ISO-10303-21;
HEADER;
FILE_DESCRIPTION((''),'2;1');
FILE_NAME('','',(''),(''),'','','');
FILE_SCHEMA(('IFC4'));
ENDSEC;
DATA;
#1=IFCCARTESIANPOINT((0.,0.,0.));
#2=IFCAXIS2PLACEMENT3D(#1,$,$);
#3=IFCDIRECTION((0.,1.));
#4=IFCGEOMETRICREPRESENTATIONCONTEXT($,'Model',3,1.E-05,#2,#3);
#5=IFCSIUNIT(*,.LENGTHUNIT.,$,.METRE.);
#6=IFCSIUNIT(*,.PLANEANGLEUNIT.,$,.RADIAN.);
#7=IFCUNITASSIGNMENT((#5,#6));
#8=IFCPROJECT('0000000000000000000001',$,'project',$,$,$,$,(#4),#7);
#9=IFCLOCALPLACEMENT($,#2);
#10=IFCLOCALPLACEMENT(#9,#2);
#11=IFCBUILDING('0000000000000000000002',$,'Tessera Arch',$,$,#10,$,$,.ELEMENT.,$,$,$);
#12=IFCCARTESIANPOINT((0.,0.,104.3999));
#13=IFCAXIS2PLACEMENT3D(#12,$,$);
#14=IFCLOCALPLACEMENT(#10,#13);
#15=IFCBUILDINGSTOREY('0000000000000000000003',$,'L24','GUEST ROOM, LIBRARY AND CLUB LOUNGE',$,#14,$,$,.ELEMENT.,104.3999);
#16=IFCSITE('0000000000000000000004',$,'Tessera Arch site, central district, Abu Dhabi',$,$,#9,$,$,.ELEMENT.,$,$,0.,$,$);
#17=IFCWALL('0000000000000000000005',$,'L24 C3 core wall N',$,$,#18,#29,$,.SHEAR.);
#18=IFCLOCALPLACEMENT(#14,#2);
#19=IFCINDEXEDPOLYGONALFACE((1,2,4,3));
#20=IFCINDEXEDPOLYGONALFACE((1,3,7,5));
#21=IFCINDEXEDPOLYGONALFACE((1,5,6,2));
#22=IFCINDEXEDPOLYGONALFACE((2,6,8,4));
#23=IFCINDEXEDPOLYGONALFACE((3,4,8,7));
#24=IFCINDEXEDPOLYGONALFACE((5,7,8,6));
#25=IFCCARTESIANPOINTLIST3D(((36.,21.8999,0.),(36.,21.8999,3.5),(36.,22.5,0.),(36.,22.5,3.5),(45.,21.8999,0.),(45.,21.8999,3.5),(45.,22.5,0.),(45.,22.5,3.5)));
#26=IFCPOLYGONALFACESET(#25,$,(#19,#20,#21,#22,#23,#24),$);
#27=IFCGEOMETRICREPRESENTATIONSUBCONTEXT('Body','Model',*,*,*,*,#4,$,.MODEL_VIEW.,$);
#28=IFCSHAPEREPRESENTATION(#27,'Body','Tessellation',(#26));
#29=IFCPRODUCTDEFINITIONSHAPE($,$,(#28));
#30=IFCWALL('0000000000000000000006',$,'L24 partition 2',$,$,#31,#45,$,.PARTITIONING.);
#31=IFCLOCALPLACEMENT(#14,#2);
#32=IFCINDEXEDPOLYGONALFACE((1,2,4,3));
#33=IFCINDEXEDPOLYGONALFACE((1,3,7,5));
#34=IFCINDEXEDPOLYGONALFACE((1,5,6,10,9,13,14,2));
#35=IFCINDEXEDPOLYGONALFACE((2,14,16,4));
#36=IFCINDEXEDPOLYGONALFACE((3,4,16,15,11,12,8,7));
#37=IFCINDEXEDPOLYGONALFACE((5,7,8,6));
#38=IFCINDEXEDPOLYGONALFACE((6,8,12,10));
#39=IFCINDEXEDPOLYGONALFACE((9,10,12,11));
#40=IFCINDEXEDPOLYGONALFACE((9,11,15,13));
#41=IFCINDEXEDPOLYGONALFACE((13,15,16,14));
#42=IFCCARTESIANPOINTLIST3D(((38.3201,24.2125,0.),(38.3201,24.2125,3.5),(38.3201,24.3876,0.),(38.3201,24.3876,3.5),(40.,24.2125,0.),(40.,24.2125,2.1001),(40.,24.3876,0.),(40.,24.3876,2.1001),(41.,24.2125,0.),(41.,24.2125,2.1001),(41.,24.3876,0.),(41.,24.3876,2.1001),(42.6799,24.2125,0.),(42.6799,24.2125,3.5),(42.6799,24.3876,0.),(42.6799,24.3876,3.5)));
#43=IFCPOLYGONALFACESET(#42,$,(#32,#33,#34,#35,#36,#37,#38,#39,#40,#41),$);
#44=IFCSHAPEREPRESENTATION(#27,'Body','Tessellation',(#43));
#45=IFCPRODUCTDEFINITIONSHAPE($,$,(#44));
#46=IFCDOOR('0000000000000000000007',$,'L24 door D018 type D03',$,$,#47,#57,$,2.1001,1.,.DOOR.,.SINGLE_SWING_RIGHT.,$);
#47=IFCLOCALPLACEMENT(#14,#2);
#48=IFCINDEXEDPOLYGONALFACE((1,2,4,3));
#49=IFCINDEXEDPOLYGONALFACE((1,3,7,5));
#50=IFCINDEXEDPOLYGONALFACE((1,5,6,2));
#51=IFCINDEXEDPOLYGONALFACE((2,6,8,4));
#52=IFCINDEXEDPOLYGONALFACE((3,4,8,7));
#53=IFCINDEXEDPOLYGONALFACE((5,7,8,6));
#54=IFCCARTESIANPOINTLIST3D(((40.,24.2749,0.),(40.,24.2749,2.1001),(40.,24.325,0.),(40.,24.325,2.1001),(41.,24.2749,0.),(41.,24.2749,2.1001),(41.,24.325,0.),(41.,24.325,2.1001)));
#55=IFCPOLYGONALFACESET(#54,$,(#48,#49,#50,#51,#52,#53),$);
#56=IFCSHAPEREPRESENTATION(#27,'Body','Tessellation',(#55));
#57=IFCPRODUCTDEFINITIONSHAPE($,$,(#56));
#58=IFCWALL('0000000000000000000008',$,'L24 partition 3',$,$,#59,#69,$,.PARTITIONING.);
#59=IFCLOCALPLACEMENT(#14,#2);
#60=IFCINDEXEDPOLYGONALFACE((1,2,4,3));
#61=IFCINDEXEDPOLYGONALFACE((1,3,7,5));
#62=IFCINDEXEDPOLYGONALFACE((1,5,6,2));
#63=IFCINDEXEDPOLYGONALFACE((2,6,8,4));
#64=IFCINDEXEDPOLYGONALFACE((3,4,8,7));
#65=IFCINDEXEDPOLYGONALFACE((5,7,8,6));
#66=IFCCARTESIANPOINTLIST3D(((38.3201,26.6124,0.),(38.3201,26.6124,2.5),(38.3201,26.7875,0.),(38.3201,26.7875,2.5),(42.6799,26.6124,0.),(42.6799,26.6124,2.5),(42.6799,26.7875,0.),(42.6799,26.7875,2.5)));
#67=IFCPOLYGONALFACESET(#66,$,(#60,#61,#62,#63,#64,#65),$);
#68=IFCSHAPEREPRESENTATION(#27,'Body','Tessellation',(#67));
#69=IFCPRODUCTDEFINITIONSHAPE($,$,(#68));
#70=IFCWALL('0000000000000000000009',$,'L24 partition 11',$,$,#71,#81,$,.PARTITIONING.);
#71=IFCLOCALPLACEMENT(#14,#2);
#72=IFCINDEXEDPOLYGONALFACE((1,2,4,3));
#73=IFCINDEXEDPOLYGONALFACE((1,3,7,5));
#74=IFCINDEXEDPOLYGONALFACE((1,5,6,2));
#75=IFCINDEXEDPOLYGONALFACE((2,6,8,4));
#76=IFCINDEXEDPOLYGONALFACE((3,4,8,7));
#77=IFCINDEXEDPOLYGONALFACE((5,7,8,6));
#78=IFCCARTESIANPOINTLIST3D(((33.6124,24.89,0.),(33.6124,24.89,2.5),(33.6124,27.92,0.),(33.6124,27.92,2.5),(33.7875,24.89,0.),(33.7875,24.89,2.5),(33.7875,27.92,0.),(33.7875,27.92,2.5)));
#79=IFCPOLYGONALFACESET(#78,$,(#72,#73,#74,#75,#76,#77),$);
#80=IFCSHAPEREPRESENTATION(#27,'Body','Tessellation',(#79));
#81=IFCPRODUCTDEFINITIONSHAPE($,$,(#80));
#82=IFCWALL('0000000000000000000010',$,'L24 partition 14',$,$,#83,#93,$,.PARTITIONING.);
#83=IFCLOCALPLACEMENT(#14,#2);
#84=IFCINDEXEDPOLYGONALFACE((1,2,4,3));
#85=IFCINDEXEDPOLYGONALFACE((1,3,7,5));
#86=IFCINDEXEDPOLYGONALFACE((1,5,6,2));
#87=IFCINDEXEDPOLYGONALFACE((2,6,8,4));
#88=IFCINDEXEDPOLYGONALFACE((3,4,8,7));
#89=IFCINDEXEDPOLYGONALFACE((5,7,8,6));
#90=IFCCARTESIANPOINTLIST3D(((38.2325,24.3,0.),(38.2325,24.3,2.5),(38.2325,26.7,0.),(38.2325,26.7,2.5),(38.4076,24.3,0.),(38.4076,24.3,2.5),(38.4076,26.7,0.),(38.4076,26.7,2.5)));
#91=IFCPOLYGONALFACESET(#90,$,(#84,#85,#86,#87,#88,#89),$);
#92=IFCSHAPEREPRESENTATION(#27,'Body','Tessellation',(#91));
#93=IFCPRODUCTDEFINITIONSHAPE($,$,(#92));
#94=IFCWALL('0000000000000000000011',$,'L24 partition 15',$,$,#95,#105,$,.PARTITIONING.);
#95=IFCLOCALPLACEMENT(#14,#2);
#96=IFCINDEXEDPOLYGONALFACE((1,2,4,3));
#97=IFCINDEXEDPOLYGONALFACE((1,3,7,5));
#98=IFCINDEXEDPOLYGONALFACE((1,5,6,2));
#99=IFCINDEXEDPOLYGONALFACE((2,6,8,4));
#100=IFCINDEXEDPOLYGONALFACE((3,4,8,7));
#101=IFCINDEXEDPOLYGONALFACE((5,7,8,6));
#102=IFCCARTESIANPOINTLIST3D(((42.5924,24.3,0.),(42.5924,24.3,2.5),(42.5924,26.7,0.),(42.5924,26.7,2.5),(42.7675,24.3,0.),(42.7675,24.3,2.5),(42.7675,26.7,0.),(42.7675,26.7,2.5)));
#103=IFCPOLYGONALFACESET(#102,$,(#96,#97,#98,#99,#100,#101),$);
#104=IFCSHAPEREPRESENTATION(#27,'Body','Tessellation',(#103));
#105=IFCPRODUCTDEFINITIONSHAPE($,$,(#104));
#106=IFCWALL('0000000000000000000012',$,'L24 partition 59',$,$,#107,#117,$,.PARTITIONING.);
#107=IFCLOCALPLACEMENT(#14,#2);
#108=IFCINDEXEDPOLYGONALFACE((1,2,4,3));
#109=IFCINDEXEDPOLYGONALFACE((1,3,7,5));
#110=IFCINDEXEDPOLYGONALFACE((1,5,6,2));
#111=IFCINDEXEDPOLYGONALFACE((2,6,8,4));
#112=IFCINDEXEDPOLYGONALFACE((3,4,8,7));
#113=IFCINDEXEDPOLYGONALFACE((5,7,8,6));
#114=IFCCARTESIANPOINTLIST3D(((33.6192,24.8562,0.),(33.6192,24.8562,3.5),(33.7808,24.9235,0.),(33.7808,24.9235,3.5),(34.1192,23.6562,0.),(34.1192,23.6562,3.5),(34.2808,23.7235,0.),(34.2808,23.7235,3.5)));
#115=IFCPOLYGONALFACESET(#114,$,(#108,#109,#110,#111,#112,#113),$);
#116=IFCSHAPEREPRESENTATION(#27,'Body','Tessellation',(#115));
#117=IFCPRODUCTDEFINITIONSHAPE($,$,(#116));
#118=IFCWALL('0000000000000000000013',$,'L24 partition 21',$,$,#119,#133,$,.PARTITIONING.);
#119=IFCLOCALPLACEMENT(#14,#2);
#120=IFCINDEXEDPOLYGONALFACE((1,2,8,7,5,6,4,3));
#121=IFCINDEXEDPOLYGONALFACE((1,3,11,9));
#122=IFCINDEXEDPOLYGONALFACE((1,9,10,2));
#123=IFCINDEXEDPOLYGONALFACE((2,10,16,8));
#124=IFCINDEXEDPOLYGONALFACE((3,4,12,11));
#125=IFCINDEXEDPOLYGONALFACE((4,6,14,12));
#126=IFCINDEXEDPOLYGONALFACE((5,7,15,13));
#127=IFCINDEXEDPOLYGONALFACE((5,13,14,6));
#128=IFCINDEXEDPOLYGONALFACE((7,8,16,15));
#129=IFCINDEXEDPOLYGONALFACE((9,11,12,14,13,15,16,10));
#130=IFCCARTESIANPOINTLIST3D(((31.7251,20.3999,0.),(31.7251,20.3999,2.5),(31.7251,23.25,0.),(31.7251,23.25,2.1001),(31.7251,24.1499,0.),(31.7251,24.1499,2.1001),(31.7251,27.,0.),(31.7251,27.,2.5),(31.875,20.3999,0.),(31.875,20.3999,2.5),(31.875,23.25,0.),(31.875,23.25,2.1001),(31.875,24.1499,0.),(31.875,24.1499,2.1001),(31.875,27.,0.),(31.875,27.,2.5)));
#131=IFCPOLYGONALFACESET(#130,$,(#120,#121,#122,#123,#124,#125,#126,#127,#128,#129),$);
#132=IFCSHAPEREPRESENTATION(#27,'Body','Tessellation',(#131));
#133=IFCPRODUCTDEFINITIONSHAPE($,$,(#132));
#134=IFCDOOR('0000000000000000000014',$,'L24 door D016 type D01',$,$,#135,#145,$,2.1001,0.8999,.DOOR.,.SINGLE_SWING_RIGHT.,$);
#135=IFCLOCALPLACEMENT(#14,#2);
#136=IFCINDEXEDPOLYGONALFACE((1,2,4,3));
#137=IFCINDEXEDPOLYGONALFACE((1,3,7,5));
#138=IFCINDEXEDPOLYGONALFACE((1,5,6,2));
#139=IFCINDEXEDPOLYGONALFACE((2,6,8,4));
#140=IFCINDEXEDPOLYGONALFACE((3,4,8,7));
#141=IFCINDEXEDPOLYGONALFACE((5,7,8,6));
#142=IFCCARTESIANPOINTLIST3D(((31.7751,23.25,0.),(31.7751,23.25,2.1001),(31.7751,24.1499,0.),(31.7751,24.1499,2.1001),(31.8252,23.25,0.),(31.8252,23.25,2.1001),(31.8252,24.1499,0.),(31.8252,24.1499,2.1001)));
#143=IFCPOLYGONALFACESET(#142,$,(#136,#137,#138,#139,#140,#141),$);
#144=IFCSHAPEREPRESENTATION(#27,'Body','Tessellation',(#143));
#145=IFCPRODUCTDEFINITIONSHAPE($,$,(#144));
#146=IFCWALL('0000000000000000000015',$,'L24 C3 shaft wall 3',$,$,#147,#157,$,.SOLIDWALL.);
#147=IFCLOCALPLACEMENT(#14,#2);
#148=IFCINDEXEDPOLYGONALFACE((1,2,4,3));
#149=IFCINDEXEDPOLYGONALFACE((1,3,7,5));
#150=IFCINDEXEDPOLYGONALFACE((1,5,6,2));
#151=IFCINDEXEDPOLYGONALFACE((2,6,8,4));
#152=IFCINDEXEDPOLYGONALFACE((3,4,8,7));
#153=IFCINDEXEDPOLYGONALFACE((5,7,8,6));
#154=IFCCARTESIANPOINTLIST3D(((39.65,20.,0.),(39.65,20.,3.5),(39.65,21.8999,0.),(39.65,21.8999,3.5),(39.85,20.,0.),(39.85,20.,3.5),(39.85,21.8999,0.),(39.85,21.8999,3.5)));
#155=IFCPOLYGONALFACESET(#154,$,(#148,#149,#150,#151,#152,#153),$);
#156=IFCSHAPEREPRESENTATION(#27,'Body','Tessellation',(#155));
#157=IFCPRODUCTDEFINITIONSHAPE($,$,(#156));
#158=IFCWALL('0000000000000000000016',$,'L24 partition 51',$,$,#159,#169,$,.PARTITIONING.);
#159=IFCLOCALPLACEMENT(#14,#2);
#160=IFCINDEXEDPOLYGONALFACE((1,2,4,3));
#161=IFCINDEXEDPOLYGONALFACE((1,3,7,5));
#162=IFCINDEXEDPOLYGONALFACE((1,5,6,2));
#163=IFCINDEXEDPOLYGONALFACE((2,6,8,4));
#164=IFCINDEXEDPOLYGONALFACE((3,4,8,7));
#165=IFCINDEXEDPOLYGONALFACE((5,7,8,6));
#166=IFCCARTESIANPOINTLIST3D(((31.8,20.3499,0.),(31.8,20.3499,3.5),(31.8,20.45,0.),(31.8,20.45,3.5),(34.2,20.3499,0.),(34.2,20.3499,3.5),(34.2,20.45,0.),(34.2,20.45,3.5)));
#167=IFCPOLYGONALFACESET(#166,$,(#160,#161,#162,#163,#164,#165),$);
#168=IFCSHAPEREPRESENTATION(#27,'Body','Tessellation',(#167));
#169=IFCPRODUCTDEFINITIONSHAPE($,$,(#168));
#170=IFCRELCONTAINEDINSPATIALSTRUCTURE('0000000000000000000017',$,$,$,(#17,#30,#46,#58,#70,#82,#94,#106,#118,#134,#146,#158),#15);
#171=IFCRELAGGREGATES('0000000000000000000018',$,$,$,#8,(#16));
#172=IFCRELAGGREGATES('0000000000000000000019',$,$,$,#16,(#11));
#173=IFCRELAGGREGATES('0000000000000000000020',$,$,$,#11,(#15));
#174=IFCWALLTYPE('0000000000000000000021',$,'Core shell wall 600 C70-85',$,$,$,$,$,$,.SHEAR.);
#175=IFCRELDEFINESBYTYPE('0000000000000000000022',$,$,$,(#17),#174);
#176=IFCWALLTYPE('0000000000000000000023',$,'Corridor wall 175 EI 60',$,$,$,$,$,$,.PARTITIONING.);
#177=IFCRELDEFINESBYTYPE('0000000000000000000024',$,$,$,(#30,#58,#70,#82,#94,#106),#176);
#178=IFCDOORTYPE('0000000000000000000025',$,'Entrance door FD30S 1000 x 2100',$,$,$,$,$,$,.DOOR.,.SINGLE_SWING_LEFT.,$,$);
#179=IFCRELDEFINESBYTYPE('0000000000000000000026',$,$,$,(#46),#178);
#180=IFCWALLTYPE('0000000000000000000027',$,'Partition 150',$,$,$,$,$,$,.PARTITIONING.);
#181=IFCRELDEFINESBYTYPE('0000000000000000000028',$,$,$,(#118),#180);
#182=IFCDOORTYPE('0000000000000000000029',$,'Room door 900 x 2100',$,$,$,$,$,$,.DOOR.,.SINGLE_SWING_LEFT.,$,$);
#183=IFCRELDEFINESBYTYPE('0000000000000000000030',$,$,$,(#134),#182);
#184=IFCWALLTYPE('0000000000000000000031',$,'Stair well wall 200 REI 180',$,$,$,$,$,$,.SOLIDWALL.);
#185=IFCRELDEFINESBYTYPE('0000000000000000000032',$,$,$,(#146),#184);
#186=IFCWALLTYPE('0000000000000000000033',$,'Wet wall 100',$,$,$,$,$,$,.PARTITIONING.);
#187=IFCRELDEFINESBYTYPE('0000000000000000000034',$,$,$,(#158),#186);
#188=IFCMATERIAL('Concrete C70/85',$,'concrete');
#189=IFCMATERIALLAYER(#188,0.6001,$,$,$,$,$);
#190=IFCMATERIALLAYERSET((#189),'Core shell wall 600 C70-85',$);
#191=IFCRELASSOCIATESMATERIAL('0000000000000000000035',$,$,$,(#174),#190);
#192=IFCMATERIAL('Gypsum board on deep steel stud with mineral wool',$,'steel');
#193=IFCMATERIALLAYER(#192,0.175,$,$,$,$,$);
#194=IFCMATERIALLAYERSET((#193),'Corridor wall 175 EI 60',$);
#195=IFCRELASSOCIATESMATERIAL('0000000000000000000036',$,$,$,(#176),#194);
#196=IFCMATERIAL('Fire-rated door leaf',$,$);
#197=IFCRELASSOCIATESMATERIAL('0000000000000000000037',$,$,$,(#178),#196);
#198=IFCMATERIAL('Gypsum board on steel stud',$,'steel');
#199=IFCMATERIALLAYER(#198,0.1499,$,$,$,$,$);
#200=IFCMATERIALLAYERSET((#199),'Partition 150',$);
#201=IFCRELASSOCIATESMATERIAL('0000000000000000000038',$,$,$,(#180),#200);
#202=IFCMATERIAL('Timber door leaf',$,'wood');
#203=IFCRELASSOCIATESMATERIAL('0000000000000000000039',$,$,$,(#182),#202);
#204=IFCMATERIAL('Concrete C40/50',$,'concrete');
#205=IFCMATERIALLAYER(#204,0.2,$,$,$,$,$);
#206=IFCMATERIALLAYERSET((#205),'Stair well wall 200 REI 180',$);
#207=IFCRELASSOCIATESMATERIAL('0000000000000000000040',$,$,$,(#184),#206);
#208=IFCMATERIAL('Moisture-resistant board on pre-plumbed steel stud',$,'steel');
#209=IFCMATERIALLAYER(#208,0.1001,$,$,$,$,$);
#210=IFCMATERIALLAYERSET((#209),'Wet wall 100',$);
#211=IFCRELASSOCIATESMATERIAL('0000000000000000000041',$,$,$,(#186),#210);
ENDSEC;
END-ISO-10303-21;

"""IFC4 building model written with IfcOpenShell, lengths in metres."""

from ifc_helpers import new_model, si_unit, direction, frame, frame_2d, origin, place, context, subcontext, project, spatial, rectangle, extrude, material, layer, layer_set, type_object, element, fill, save


model = new_model("IFC4")

# Units and contexts
model_context = context("Model", 3, precision=1e-05, world=origin(), true_north=direction((0.0, 1.0)))
body_context = subcontext(model_context, "Body", "Model", "MODEL_VIEW")
ifc_project = project(units=[si_unit("LENGTHUNIT", "METRE"), si_unit("PLANEANGLEUNIT", "RADIAN")], contexts=[model_context])

# Site, building, storey
site_placement = place(None, origin())
site = spatial("IfcSite", under=ifc_project, at=site_placement, Name="Tessera Arch site, central district, Abu Dhabi", CompositionType="ELEMENT", RefElevation=0.0)
building_placement = place(site_placement, origin())
building = spatial("IfcBuilding", under=site, at=building_placement, Name="Tessera Arch", CompositionType="ELEMENT")
storey_placement = place(building_placement, frame((0.0, 0.0, 104.3999)))
storey = spatial("IfcBuildingStorey", under=building, at=storey_placement, Name="L24", Description="GUEST ROOM, LIBRARY AND CLUB LOUNGE", CompositionType="ELEMENT", Elevation=104.3999)

# Wall
ifc_material_1 = material(Name="Concrete C70/85", Category="concrete")
ifc_layer_1 = layer(ifc_material_1, 0.6001)
ifc_layer_set_1 = layer_set([ifc_layer_1], Name="Core shell wall 600 C70-85")
wall_type_1 = type_object("IfcWallType", Name="Core shell wall 600 C70-85", PredefinedType="SHEAR", material=ifc_layer_set_1)
wall_1_placement = place(storey_placement, frame((36.0, 22.2, 0.0), z_axis=(0.0, 0.0, 1.0), x_axis=(1.0, 0.0, 0.0)))
element("IfcWall", 1, at=wall_1_placement, inside=storey, type_object=wall_type_1, Name="L24 C3 core wall N", PredefinedType="SHEAR", context=body_context, shape_type="SweptSolid", body=[
    extrude(rectangle(XDim=9.0, YDim=0.6001, at=frame_2d((4.5, 0.0))), origin(), (0.0, 0.0, 1.0), 3.5),
])

# Wall, opening, door
ifc_material_2 = material(Name="Gypsum board on deep steel stud with mineral wool", Category="steel")
ifc_layer_2 = layer(ifc_material_2, 0.175)
ifc_layer_set_2 = layer_set([ifc_layer_2], Name="Corridor wall 175 EI 60")
wall_type_2 = type_object("IfcWallType", Name="Corridor wall 175 EI 60", PredefinedType="PARTITIONING", material=ifc_layer_set_2)
wall_2_placement = place(storey_placement, frame((38.3201, 24.3, 0.0), z_axis=(0.0, 0.0, 1.0), x_axis=(1.0, 0.0, 0.0)))
wall_2 = element("IfcWall", 2, at=wall_2_placement, inside=storey, type_object=wall_type_2, Name="L24 partition 2", PredefinedType="PARTITIONING", context=body_context, shape_type="SweptSolid", body=[
    extrude(rectangle(XDim=4.3599, YDim=0.175, at=frame_2d((2.1799, 0.0))), origin(), (0.0, 0.0, 1.0), 3.5),
])
opening_1_placement = place(wall_2_placement, frame((1.6799, 0.0, 0.0)))
opening_1 = element("IfcOpeningElement", 3, at=opening_1_placement, cuts=wall_2, PredefinedType="OPENING", context=body_context, shape_type="SweptSolid", body=[
    extrude(rectangle(XDim=1.0, YDim=2.1001, at=frame_2d((0.5, 1.05))), frame((0.0, 0.0974, 0.0), z_axis=(0.0, -1.0, 0.0), x_axis=(1.0, 0.0, 0.0)), (0.0, 0.0, 1.0), 0.1951),
])
ifc_material_3 = material(Name="Fire-rated door leaf")
door_type_1 = type_object("IfcDoorType", Name="Entrance door FD30S 1000 x 2100", OperationType="SINGLE_SWING_LEFT", PredefinedType="DOOR", material=ifc_material_3)
door_1_placement = place(opening_1_placement, origin())
door_1 = element("IfcDoor", 4, at=door_1_placement, inside=storey, type_object=door_type_1, Name="L24 door D018 type D03", OperationType="SINGLE_SWING_RIGHT", OverallHeight=2.1001, OverallWidth=1.0, PredefinedType="DOOR", context=body_context, shape_type="SweptSolid", body=[
    extrude(rectangle(XDim=1.0, YDim=2.1001, at=frame_2d((0.5, 1.05))), frame((0.0, 0.0249, 0.0), z_axis=(0.0, -1.0, 0.0), x_axis=(1.0, 0.0, 0.0)), (0.0, 0.0, 1.0), 0.05),
])
fill(opening_1, door_1)

# Walls
wall_3_placement = place(storey_placement, frame((38.3201, 26.7, 0.0), z_axis=(0.0, 0.0, 1.0), x_axis=(1.0, 0.0, 0.0)))
element("IfcWall", 5, at=wall_3_placement, inside=storey, type_object=wall_type_2, Name="L24 partition 3", PredefinedType="PARTITIONING", context=body_context, shape_type="SweptSolid", body=[
    extrude(rectangle(XDim=4.3599, YDim=0.175, at=frame_2d((2.1799, 0.0))), origin(), (0.0, 0.0, 1.0), 2.5),
])
wall_4_placement = place(storey_placement, frame((33.7, 24.8899, 0.0), z_axis=(0.0, 0.0, 1.0), x_axis=(0.0, 1.0, 0.0)))
element("IfcWall", 6, at=wall_4_placement, inside=storey, type_object=wall_type_2, Name="L24 partition 11", PredefinedType="PARTITIONING", context=body_context, shape_type="SweptSolid", body=[
    extrude(rectangle(XDim=3.03, YDim=0.175, at=frame_2d((1.5151, 0.0))), origin(), (0.0, 0.0, 1.0), 2.5),
])
for number, where, z_axis, x_axis, name in (
    (7, (38.3201, 24.3, 0.0), (0.0, 0.0, 1.0), (0.0, 1.0, 0.0), "L24 partition 14"),
    (8, (42.6799, 24.3, 0.0), (0.0, 0.0, 1.0), (0.0, 1.0, 0.0), "L24 partition 15"),
):
    element("IfcWall", number, at=place(storey_placement, frame(where, z_axis=z_axis, x_axis=x_axis)), inside=storey, type_object=wall_type_2, Name=name, PredefinedType="PARTITIONING", context=body_context, shape_type="SweptSolid", body=[
        extrude(rectangle(XDim=2.3999, YDim=0.175, at=frame_2d((1.2, 0.0))), origin(), (0.0, 0.0, 1.0), 2.5),
    ])
wall_5_placement = place(storey_placement, frame((34.2, 23.6899, 0.0), z_axis=(0.0, 0.0, 1.0), x_axis=(-0.384629, 0.923071, 0.0)))
element("IfcWall", 9, at=wall_5_placement, inside=storey, type_object=wall_type_2, Name="L24 partition 59", PredefinedType="PARTITIONING", context=body_context, shape_type="SweptSolid", body=[
    extrude(rectangle(XDim=1.3, YDim=0.175, at=frame_2d((0.6499, 0.0))), origin(), (0.0, 0.0, 1.0), 3.5),
])

# Wall, opening, door
ifc_material_4 = material(Name="Gypsum board on steel stud", Category="steel")
ifc_layer_3 = layer(ifc_material_4, 0.1499)
ifc_layer_set_3 = layer_set([ifc_layer_3], Name="Partition 150")
wall_type_3 = type_object("IfcWallType", Name="Partition 150", PredefinedType="PARTITIONING", material=ifc_layer_set_3)
wall_6_placement = place(storey_placement, frame((31.8, 20.3999, 0.0), z_axis=(0.0, 0.0, 1.0), x_axis=(0.0, 1.0, 0.0)))
wall_6 = element("IfcWall", 10, at=wall_6_placement, inside=storey, type_object=wall_type_3, Name="L24 partition 21", PredefinedType="PARTITIONING", context=body_context, shape_type="SweptSolid", body=[
    extrude(rectangle(XDim=6.6001, YDim=0.1499, at=frame_2d((3.3, 0.0))), origin(), (0.0, 0.0, 1.0), 2.5),
])
opening_2_placement = place(wall_6_placement, frame((2.8501, 0.0, 0.0)))
opening_2 = element("IfcOpeningElement", 11, at=opening_2_placement, cuts=wall_6, PredefinedType="OPENING", context=body_context, shape_type="SweptSolid", body=[
    extrude(rectangle(XDim=0.8999, YDim=2.1001, at=frame_2d((0.45, 1.05))), frame((0.0, 0.085, 0.0), z_axis=(0.0, -1.0, 0.0), x_axis=(1.0, 0.0, 0.0)), (0.0, 0.0, 1.0), 0.1699),
])
ifc_material_5 = material(Name="Timber door leaf", Category="wood")
door_type_2 = type_object("IfcDoorType", Name="Room door 900 x 2100", OperationType="SINGLE_SWING_LEFT", PredefinedType="DOOR", material=ifc_material_5)
door_2_placement = place(opening_2_placement, origin())
door_2 = element("IfcDoor", 12, at=door_2_placement, inside=storey, type_object=door_type_2, Name="L24 door D016 type D01", OperationType="SINGLE_SWING_RIGHT", OverallHeight=2.1001, OverallWidth=0.8999, PredefinedType="DOOR", context=body_context, shape_type="SweptSolid", body=[
    extrude(rectangle(XDim=0.8999, YDim=2.1001, at=frame_2d((0.45, 1.05))), frame((0.0, 0.0249, 0.0), z_axis=(0.0, -1.0, 0.0), x_axis=(1.0, 0.0, 0.0)), (0.0, 0.0, 1.0), 0.05),
])
fill(opening_2, door_2)

# Walls
ifc_material_6 = material(Name="Concrete C40/50", Category="concrete")
ifc_layer_4 = layer(ifc_material_6, 0.2)
ifc_layer_set_4 = layer_set([ifc_layer_4], Name="Stair well wall 200 REI 180")
wall_type_4 = type_object("IfcWallType", Name="Stair well wall 200 REI 180", PredefinedType="SOLIDWALL", material=ifc_layer_set_4)
wall_7_placement = place(storey_placement, frame((39.75, 20.0, 0.0), z_axis=(0.0, 0.0, 1.0), x_axis=(0.0, 1.0, 0.0)))
element("IfcWall", 13, at=wall_7_placement, inside=storey, type_object=wall_type_4, Name="L24 C3 shaft wall 3", PredefinedType="SOLIDWALL", context=body_context, shape_type="SweptSolid", body=[
    extrude(rectangle(XDim=1.8999, YDim=0.2, at=frame_2d((0.95, 0.0))), origin(), (0.0, 0.0, 1.0), 3.5),
])
ifc_material_7 = material(Name="Moisture-resistant board on pre-plumbed steel stud", Category="steel")
ifc_layer_5 = layer(ifc_material_7, 0.1001)
ifc_layer_set_5 = layer_set([ifc_layer_5], Name="Wet wall 100")
wall_type_5 = type_object("IfcWallType", Name="Wet wall 100", PredefinedType="PARTITIONING", material=ifc_layer_set_5)
wall_8_placement = place(storey_placement, frame((31.8, 20.3999, 0.0), z_axis=(0.0, 0.0, 1.0), x_axis=(1.0, 0.0, 0.0)))
element("IfcWall", 14, at=wall_8_placement, inside=storey, type_object=wall_type_5, Name="L24 partition 51", PredefinedType="PARTITIONING", context=body_context, shape_type="SweptSolid", body=[
    extrude(rectangle(XDim=2.3999, YDim=0.1001, at=frame_2d((1.2, 0.0))), origin(), (0.0, 0.0, 1.0), 3.5),
])

save(model, "model.ifc")
